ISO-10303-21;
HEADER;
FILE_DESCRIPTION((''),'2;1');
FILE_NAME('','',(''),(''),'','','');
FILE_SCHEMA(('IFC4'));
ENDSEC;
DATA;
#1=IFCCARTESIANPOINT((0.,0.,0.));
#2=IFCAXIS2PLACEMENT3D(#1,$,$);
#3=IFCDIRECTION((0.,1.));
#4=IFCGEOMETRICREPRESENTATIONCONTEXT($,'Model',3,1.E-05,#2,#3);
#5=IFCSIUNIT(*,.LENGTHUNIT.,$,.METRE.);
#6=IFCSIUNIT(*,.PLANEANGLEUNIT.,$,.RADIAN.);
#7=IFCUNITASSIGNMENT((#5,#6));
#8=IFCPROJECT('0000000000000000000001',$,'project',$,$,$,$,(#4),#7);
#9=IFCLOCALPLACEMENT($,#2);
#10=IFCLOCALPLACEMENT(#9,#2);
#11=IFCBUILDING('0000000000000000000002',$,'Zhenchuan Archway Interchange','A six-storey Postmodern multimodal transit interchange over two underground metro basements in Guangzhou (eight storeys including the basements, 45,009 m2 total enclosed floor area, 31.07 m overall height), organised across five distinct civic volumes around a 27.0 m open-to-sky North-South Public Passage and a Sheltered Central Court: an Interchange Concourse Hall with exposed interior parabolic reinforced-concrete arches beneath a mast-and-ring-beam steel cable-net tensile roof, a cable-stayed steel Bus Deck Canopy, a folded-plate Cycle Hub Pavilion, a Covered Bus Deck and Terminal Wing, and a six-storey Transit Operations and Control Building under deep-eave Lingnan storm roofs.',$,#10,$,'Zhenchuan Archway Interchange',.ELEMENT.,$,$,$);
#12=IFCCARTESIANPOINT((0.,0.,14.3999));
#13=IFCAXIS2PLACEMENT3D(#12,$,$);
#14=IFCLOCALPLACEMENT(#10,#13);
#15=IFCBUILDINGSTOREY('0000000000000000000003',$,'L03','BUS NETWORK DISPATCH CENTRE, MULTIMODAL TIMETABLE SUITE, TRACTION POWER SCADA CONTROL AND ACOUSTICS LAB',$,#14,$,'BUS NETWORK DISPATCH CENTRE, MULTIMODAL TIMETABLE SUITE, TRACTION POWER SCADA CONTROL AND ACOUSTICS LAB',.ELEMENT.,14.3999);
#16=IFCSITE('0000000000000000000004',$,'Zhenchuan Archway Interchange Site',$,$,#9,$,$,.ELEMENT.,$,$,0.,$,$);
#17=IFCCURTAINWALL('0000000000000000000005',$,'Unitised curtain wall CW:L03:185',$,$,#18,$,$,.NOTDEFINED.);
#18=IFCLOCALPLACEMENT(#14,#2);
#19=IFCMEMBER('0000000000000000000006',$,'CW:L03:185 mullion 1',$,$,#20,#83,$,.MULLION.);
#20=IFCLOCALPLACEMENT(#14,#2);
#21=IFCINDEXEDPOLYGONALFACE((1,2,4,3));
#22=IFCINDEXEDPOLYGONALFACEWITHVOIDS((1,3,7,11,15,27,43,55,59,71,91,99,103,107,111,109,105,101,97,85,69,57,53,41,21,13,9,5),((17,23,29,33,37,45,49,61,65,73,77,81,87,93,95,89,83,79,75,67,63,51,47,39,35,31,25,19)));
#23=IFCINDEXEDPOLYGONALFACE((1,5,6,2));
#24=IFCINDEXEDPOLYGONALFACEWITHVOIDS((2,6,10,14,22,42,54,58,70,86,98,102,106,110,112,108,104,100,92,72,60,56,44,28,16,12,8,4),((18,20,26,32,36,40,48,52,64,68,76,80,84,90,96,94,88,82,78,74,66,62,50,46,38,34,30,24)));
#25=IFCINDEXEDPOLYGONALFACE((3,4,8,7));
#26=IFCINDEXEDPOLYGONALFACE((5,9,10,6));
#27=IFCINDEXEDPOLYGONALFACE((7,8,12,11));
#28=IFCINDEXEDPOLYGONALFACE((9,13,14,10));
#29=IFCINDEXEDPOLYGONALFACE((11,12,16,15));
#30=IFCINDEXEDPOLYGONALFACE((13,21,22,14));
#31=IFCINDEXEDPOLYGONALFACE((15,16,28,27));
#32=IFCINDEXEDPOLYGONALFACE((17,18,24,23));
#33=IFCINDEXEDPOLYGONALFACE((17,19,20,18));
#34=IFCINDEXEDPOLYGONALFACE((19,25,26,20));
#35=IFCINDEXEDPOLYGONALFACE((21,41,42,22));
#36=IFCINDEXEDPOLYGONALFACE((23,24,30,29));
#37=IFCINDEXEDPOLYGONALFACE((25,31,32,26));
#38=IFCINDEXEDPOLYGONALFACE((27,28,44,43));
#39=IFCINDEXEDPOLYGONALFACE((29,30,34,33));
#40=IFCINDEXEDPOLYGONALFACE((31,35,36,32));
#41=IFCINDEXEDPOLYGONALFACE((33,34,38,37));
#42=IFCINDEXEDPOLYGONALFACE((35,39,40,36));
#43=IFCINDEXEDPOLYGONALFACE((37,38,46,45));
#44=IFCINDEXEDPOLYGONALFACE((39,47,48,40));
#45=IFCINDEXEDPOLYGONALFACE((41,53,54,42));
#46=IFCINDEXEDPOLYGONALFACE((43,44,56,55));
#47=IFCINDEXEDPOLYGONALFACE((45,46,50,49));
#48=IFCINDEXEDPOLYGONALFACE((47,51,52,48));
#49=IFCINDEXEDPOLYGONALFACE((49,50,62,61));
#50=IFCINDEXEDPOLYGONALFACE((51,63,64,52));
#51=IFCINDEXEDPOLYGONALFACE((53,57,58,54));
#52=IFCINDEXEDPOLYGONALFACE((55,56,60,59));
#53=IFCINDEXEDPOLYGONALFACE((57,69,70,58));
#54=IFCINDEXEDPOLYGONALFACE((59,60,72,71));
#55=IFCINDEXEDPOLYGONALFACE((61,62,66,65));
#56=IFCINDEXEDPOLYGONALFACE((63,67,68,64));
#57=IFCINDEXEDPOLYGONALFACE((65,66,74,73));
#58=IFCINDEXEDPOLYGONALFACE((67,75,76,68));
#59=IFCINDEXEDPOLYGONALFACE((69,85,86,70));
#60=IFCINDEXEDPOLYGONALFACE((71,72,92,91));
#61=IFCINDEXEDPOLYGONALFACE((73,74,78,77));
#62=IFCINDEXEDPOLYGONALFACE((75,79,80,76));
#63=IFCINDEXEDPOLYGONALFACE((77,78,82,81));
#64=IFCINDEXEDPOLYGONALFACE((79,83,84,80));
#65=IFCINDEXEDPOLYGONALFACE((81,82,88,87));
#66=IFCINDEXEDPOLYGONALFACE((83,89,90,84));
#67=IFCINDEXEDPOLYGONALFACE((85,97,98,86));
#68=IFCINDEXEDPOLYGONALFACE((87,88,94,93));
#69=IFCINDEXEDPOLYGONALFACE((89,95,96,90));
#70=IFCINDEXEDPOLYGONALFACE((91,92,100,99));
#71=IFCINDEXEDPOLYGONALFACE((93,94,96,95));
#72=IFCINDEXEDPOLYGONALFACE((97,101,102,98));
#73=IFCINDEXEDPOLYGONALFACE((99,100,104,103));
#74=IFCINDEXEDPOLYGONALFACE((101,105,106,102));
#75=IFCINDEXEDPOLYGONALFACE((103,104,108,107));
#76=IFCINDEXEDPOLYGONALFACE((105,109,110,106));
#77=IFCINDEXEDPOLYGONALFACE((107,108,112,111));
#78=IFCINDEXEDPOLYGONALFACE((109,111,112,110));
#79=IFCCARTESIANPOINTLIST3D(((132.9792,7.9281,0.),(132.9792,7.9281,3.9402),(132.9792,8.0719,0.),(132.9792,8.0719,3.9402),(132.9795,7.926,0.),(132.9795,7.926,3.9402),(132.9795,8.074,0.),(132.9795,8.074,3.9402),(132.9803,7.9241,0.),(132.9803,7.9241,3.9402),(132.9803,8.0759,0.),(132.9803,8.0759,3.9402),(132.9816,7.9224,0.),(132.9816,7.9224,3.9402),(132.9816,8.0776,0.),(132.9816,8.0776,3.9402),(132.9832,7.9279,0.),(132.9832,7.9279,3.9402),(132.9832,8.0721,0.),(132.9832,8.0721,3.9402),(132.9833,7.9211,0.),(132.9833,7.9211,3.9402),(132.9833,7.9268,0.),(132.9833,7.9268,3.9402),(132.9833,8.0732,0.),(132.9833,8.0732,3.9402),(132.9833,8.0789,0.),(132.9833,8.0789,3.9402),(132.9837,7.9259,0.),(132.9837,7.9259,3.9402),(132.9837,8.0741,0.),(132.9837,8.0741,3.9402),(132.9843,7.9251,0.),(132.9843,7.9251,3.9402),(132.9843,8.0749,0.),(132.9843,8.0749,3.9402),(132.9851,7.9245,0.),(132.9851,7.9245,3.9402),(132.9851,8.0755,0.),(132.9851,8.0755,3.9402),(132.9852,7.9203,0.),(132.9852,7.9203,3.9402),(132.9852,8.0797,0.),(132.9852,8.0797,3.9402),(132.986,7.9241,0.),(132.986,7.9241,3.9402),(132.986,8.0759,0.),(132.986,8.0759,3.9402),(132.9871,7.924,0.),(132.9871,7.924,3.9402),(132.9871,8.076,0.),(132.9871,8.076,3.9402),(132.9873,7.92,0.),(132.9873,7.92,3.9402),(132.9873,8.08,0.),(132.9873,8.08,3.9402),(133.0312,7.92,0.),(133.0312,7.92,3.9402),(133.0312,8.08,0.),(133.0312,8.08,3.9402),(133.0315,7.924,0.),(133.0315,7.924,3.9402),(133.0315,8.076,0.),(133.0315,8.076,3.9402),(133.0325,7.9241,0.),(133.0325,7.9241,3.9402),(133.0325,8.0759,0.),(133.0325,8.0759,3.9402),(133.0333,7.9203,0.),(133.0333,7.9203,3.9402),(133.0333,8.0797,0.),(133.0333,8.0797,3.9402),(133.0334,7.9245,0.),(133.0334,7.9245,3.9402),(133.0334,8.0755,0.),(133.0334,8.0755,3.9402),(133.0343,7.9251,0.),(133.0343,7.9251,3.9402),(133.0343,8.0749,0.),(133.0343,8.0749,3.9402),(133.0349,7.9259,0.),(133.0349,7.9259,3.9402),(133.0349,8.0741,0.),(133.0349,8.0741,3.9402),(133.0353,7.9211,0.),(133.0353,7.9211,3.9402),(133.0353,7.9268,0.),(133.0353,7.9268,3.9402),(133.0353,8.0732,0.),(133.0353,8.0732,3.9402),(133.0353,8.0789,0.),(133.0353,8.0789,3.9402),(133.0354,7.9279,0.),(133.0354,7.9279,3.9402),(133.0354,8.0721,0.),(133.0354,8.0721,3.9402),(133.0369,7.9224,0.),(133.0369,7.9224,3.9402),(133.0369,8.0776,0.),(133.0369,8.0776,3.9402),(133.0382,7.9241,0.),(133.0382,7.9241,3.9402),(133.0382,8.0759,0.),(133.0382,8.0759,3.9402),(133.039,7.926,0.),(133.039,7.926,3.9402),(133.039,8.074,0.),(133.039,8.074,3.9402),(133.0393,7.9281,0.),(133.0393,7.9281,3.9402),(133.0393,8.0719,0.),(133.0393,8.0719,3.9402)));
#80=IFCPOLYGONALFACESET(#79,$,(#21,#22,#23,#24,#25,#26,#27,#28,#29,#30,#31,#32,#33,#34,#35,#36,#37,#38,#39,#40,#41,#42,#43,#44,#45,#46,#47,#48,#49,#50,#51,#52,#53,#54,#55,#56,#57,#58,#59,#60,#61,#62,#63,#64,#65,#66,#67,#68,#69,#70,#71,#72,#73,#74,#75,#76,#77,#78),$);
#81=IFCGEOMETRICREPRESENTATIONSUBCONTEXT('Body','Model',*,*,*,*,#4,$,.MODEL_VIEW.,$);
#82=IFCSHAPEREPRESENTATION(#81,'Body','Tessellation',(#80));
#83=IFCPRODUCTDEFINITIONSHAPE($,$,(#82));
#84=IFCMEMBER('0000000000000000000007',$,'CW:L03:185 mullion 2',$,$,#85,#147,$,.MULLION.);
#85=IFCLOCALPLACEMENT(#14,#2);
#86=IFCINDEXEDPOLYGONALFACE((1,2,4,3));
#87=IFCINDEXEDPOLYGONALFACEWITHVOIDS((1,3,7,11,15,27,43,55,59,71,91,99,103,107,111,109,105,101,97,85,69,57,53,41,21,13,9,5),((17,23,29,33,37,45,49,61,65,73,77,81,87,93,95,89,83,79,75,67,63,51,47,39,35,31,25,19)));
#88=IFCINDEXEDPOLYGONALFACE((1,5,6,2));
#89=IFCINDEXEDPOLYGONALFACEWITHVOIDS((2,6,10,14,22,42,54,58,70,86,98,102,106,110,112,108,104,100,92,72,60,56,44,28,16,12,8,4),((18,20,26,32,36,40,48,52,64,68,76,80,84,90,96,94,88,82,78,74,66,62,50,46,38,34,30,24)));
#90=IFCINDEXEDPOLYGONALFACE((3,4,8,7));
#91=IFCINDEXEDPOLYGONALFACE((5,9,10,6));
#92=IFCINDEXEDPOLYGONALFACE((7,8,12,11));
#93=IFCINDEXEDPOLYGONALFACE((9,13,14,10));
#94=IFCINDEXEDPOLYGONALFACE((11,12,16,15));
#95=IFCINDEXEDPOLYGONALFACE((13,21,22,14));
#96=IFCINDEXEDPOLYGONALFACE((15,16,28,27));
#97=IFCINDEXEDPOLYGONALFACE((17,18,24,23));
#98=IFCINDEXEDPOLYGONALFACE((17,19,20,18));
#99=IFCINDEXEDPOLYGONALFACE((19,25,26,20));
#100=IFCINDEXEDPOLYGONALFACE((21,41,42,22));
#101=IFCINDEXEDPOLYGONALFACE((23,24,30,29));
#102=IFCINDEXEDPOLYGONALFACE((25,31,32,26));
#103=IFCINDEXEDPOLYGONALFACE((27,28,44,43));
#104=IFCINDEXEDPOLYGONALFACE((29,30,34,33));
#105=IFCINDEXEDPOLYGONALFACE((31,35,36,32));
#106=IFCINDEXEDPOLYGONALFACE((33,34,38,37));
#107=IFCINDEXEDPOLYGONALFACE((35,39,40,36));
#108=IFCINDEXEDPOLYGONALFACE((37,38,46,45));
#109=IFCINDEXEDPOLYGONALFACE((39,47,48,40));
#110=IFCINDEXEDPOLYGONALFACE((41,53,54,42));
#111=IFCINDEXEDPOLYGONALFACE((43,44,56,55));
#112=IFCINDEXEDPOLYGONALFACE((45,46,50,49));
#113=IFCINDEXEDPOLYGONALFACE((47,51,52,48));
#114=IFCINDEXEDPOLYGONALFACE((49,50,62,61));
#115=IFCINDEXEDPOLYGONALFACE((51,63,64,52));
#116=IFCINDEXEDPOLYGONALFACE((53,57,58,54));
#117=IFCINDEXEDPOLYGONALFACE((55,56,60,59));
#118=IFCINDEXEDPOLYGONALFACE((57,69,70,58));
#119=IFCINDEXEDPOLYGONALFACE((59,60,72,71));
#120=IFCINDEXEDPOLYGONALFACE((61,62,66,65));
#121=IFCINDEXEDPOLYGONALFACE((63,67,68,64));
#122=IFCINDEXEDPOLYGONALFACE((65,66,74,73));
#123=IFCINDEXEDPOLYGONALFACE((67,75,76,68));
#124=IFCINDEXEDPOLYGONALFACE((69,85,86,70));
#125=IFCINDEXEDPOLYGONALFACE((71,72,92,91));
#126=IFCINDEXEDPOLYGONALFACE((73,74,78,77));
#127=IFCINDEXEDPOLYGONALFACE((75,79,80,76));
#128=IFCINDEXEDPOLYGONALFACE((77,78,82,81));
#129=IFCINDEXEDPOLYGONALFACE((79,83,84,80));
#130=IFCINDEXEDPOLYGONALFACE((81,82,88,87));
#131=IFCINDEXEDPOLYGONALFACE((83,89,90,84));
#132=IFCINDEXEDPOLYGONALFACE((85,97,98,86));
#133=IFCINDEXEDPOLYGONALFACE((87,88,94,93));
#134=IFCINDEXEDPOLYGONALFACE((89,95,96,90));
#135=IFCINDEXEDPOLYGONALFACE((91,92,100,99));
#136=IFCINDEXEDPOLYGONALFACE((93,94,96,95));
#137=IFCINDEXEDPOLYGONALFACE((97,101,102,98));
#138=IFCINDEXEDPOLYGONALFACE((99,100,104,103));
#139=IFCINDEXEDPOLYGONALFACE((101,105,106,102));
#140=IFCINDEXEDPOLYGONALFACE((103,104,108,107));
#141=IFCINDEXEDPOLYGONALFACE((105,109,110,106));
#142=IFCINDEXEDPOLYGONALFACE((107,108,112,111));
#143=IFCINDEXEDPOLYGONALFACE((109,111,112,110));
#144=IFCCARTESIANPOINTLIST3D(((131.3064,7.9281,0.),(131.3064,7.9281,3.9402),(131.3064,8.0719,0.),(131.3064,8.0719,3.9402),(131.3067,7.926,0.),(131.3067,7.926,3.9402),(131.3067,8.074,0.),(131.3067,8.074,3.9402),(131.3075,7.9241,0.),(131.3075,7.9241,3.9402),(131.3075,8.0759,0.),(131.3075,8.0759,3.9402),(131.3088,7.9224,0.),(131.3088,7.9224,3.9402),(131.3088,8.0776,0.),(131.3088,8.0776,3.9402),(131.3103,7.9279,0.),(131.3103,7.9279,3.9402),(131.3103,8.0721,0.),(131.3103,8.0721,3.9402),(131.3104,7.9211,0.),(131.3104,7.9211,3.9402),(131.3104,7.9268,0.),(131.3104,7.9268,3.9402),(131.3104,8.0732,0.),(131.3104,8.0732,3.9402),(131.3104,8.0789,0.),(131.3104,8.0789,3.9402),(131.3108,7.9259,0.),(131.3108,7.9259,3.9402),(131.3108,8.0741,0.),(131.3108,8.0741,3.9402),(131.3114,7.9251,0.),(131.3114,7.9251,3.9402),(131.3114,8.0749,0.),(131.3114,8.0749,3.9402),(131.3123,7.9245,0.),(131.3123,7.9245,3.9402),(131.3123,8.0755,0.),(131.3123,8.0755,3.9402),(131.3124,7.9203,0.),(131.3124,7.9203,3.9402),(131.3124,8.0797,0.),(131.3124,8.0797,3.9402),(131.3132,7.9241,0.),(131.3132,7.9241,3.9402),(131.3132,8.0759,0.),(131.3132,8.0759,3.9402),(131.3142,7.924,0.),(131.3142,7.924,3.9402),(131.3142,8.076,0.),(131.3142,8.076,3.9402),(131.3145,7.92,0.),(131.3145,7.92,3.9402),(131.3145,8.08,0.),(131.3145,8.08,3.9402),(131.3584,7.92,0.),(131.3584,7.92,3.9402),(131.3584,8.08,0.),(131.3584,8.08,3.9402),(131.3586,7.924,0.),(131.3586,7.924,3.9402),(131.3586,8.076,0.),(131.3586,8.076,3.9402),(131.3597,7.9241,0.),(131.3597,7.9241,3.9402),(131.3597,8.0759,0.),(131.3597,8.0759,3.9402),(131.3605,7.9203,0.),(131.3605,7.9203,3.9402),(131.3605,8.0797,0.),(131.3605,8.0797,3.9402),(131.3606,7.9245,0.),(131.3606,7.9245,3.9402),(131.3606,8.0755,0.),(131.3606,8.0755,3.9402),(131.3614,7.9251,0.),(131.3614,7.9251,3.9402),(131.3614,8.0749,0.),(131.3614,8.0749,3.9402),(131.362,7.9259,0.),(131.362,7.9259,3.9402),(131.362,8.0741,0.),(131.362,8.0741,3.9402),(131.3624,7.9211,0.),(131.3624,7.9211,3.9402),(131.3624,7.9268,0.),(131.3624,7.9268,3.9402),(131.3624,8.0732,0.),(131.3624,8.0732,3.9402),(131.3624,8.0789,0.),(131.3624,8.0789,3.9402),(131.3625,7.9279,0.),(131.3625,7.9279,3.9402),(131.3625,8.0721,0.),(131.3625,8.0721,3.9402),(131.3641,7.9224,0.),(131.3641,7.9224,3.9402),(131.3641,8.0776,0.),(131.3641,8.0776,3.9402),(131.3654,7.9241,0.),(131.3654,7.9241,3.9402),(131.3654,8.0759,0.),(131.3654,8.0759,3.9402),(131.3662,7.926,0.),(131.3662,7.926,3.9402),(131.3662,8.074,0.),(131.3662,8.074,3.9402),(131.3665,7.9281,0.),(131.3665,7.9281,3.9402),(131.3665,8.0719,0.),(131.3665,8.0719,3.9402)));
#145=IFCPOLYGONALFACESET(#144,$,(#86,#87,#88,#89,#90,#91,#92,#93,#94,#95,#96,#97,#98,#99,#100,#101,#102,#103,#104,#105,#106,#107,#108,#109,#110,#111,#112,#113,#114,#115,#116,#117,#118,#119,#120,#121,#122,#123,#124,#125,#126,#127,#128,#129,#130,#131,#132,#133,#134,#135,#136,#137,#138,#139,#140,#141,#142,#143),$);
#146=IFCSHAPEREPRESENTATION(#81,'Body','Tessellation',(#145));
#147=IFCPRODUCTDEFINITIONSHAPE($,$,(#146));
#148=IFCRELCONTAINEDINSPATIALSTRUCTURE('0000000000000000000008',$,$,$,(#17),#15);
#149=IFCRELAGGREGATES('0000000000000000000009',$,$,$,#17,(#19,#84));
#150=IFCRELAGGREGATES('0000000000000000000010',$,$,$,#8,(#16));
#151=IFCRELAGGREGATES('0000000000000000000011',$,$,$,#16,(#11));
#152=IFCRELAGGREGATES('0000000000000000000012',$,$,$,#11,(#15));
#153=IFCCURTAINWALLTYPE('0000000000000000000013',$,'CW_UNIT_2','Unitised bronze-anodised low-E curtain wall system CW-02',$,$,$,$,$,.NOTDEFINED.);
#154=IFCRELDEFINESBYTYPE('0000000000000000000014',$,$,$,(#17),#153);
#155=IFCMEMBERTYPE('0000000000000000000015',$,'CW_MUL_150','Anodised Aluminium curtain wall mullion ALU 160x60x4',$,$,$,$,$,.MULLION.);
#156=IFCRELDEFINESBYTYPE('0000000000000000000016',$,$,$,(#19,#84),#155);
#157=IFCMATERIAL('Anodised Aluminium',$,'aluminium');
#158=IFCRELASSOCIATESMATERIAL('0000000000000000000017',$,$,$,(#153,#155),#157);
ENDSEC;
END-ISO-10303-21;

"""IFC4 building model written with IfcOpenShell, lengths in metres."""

from ifc_helpers import new_model, si_unit, direction, frame, origin, origin_2d, place, context, subcontext, project, spatial, hollow_rectangle, extrude, material, material_profile, profile_set, type_object, element, aggregate, save


model = new_model("IFC4")

# Units and contexts
model_context = context("Model", 3, precision=1e-05, world=origin(), true_north=direction((0.0, 1.0)))
body_context = subcontext(model_context, "Body", "Model", "MODEL_VIEW")
ifc_project = project(units=[si_unit("LENGTHUNIT", "METRE"), si_unit("PLANEANGLEUNIT", "RADIAN")], contexts=[model_context])

# Site, building, storey
site_placement = place(None, origin())
site = spatial("IfcSite", under=ifc_project, at=site_placement, Name="Zhenchuan Archway Interchange Site", CompositionType="ELEMENT", RefElevation=0.0)
building_placement = place(site_placement, origin())
building = spatial("IfcBuilding", under=site, at=building_placement, Name="Zhenchuan Archway Interchange", Description="A six-storey Postmodern multimodal transit interchange over two underground metro basements in Guangzhou (eight storeys including the basements, 45,009 m2 total enclosed floor area, 31.07 m overall height), organised across five distinct civic volumes around a 27.0 m open-to-sky North-South Public Passage and a Sheltered Central Court: an Interchange Concourse Hall with exposed interior parabolic reinforced-concrete arches beneath a mast-and-ring-beam steel cable-net tensile roof, a cable-stayed steel Bus Deck Canopy, a folded-plate Cycle Hub Pavilion, a Covered Bus Deck and Terminal Wing, and a six-storey Transit Operations and Control Building under deep-eave Lingnan storm roofs.", LongName="Zhenchuan Archway Interchange", CompositionType="ELEMENT")
storey_placement = place(building_placement, frame((0.0, 0.0, 14.3999)))
storey = spatial("IfcBuildingStorey", under=building, at=storey_placement, Name="L03", Description="BUS NETWORK DISPATCH CENTRE, MULTIMODAL TIMETABLE SUITE, TRACTION POWER SCADA CONTROL AND ACOUSTICS LAB", LongName="BUS NETWORK DISPATCH CENTRE, MULTIMODAL TIMETABLE SUITE, TRACTION POWER SCADA CONTROL AND ACOUSTICS LAB", CompositionType="ELEMENT", Elevation=14.3999)

# Curtain wall, members
ifc_material_1 = material(Name="Anodised Aluminium", Category="aluminium")
curtain_wall_type = type_object("IfcCurtainWallType", Name="CW_UNIT_2", Description="Unitised bronze-anodised low-E curtain wall system CW-02", PredefinedType="NOTDEFINED", material=ifc_material_1)
curtain_wall_placement = place(storey_placement, origin())
curtain_wall = element("IfcCurtainWall", 1, at=curtain_wall_placement, inside=storey, type_object=curtain_wall_type, Name="Unitised curtain wall CW:L03:185", PredefinedType="NOTDEFINED")
ifc_material_profile_1 = material_profile(ifc_material_1, hollow_rectangle(XDim=0.0601, YDim=0.1599, WallThickness=0.0039, InnerFilletRadius=0.0039, OuterFilletRadius=0.0081, at=origin_2d()), Name="ALU 160x60x4")
ifc_profile_set_1 = profile_set([ifc_material_profile_1], Name="Anodised Aluminium")
member_type_1 = type_object("IfcMemberType", Name="CW_MUL_150", Description="Anodised Aluminium curtain wall mullion ALU 160x60x4", PredefinedType="MULLION", material=ifc_profile_set_1)
member_1_placement = place(storey_placement, frame((133.0093, 8.0, 0.0), z_axis=(0.0, 0.0, 1.0), x_axis=(1.0, 0.0, 0.0)))
member_1 = element("IfcMember", 2, at=member_1_placement, type_object=member_type_1, Name="CW:L03:185 mullion 1", PredefinedType="MULLION", context=body_context, shape_type="SweptSolid", body=[
    extrude(hollow_rectangle(XDim=0.0601, YDim=0.1599, WallThickness=0.0039, InnerFilletRadius=0.0039, OuterFilletRadius=0.0081, at=origin_2d()), origin(), (0.0, 0.0, 1.0), 3.9402),
])
member_2_placement = place(storey_placement, frame((131.3364, 8.0, 0.0), z_axis=(0.0, 0.0, 1.0), x_axis=(1.0, 0.0, 0.0)))
member_2 = element("IfcMember", 3, at=member_2_placement, type_object=member_type_1, Name="CW:L03:185 mullion 2", PredefinedType="MULLION", context=body_context, shape_type="SweptSolid", body=[
    extrude(hollow_rectangle(XDim=0.0601, YDim=0.1599, WallThickness=0.0039, InnerFilletRadius=0.0039, OuterFilletRadius=0.0081, at=origin_2d()), origin(), (0.0, 0.0, 1.0), 3.9402),
])

aggregate(curtain_wall, [member_1, member_2])

save(model, "model.ifc")
